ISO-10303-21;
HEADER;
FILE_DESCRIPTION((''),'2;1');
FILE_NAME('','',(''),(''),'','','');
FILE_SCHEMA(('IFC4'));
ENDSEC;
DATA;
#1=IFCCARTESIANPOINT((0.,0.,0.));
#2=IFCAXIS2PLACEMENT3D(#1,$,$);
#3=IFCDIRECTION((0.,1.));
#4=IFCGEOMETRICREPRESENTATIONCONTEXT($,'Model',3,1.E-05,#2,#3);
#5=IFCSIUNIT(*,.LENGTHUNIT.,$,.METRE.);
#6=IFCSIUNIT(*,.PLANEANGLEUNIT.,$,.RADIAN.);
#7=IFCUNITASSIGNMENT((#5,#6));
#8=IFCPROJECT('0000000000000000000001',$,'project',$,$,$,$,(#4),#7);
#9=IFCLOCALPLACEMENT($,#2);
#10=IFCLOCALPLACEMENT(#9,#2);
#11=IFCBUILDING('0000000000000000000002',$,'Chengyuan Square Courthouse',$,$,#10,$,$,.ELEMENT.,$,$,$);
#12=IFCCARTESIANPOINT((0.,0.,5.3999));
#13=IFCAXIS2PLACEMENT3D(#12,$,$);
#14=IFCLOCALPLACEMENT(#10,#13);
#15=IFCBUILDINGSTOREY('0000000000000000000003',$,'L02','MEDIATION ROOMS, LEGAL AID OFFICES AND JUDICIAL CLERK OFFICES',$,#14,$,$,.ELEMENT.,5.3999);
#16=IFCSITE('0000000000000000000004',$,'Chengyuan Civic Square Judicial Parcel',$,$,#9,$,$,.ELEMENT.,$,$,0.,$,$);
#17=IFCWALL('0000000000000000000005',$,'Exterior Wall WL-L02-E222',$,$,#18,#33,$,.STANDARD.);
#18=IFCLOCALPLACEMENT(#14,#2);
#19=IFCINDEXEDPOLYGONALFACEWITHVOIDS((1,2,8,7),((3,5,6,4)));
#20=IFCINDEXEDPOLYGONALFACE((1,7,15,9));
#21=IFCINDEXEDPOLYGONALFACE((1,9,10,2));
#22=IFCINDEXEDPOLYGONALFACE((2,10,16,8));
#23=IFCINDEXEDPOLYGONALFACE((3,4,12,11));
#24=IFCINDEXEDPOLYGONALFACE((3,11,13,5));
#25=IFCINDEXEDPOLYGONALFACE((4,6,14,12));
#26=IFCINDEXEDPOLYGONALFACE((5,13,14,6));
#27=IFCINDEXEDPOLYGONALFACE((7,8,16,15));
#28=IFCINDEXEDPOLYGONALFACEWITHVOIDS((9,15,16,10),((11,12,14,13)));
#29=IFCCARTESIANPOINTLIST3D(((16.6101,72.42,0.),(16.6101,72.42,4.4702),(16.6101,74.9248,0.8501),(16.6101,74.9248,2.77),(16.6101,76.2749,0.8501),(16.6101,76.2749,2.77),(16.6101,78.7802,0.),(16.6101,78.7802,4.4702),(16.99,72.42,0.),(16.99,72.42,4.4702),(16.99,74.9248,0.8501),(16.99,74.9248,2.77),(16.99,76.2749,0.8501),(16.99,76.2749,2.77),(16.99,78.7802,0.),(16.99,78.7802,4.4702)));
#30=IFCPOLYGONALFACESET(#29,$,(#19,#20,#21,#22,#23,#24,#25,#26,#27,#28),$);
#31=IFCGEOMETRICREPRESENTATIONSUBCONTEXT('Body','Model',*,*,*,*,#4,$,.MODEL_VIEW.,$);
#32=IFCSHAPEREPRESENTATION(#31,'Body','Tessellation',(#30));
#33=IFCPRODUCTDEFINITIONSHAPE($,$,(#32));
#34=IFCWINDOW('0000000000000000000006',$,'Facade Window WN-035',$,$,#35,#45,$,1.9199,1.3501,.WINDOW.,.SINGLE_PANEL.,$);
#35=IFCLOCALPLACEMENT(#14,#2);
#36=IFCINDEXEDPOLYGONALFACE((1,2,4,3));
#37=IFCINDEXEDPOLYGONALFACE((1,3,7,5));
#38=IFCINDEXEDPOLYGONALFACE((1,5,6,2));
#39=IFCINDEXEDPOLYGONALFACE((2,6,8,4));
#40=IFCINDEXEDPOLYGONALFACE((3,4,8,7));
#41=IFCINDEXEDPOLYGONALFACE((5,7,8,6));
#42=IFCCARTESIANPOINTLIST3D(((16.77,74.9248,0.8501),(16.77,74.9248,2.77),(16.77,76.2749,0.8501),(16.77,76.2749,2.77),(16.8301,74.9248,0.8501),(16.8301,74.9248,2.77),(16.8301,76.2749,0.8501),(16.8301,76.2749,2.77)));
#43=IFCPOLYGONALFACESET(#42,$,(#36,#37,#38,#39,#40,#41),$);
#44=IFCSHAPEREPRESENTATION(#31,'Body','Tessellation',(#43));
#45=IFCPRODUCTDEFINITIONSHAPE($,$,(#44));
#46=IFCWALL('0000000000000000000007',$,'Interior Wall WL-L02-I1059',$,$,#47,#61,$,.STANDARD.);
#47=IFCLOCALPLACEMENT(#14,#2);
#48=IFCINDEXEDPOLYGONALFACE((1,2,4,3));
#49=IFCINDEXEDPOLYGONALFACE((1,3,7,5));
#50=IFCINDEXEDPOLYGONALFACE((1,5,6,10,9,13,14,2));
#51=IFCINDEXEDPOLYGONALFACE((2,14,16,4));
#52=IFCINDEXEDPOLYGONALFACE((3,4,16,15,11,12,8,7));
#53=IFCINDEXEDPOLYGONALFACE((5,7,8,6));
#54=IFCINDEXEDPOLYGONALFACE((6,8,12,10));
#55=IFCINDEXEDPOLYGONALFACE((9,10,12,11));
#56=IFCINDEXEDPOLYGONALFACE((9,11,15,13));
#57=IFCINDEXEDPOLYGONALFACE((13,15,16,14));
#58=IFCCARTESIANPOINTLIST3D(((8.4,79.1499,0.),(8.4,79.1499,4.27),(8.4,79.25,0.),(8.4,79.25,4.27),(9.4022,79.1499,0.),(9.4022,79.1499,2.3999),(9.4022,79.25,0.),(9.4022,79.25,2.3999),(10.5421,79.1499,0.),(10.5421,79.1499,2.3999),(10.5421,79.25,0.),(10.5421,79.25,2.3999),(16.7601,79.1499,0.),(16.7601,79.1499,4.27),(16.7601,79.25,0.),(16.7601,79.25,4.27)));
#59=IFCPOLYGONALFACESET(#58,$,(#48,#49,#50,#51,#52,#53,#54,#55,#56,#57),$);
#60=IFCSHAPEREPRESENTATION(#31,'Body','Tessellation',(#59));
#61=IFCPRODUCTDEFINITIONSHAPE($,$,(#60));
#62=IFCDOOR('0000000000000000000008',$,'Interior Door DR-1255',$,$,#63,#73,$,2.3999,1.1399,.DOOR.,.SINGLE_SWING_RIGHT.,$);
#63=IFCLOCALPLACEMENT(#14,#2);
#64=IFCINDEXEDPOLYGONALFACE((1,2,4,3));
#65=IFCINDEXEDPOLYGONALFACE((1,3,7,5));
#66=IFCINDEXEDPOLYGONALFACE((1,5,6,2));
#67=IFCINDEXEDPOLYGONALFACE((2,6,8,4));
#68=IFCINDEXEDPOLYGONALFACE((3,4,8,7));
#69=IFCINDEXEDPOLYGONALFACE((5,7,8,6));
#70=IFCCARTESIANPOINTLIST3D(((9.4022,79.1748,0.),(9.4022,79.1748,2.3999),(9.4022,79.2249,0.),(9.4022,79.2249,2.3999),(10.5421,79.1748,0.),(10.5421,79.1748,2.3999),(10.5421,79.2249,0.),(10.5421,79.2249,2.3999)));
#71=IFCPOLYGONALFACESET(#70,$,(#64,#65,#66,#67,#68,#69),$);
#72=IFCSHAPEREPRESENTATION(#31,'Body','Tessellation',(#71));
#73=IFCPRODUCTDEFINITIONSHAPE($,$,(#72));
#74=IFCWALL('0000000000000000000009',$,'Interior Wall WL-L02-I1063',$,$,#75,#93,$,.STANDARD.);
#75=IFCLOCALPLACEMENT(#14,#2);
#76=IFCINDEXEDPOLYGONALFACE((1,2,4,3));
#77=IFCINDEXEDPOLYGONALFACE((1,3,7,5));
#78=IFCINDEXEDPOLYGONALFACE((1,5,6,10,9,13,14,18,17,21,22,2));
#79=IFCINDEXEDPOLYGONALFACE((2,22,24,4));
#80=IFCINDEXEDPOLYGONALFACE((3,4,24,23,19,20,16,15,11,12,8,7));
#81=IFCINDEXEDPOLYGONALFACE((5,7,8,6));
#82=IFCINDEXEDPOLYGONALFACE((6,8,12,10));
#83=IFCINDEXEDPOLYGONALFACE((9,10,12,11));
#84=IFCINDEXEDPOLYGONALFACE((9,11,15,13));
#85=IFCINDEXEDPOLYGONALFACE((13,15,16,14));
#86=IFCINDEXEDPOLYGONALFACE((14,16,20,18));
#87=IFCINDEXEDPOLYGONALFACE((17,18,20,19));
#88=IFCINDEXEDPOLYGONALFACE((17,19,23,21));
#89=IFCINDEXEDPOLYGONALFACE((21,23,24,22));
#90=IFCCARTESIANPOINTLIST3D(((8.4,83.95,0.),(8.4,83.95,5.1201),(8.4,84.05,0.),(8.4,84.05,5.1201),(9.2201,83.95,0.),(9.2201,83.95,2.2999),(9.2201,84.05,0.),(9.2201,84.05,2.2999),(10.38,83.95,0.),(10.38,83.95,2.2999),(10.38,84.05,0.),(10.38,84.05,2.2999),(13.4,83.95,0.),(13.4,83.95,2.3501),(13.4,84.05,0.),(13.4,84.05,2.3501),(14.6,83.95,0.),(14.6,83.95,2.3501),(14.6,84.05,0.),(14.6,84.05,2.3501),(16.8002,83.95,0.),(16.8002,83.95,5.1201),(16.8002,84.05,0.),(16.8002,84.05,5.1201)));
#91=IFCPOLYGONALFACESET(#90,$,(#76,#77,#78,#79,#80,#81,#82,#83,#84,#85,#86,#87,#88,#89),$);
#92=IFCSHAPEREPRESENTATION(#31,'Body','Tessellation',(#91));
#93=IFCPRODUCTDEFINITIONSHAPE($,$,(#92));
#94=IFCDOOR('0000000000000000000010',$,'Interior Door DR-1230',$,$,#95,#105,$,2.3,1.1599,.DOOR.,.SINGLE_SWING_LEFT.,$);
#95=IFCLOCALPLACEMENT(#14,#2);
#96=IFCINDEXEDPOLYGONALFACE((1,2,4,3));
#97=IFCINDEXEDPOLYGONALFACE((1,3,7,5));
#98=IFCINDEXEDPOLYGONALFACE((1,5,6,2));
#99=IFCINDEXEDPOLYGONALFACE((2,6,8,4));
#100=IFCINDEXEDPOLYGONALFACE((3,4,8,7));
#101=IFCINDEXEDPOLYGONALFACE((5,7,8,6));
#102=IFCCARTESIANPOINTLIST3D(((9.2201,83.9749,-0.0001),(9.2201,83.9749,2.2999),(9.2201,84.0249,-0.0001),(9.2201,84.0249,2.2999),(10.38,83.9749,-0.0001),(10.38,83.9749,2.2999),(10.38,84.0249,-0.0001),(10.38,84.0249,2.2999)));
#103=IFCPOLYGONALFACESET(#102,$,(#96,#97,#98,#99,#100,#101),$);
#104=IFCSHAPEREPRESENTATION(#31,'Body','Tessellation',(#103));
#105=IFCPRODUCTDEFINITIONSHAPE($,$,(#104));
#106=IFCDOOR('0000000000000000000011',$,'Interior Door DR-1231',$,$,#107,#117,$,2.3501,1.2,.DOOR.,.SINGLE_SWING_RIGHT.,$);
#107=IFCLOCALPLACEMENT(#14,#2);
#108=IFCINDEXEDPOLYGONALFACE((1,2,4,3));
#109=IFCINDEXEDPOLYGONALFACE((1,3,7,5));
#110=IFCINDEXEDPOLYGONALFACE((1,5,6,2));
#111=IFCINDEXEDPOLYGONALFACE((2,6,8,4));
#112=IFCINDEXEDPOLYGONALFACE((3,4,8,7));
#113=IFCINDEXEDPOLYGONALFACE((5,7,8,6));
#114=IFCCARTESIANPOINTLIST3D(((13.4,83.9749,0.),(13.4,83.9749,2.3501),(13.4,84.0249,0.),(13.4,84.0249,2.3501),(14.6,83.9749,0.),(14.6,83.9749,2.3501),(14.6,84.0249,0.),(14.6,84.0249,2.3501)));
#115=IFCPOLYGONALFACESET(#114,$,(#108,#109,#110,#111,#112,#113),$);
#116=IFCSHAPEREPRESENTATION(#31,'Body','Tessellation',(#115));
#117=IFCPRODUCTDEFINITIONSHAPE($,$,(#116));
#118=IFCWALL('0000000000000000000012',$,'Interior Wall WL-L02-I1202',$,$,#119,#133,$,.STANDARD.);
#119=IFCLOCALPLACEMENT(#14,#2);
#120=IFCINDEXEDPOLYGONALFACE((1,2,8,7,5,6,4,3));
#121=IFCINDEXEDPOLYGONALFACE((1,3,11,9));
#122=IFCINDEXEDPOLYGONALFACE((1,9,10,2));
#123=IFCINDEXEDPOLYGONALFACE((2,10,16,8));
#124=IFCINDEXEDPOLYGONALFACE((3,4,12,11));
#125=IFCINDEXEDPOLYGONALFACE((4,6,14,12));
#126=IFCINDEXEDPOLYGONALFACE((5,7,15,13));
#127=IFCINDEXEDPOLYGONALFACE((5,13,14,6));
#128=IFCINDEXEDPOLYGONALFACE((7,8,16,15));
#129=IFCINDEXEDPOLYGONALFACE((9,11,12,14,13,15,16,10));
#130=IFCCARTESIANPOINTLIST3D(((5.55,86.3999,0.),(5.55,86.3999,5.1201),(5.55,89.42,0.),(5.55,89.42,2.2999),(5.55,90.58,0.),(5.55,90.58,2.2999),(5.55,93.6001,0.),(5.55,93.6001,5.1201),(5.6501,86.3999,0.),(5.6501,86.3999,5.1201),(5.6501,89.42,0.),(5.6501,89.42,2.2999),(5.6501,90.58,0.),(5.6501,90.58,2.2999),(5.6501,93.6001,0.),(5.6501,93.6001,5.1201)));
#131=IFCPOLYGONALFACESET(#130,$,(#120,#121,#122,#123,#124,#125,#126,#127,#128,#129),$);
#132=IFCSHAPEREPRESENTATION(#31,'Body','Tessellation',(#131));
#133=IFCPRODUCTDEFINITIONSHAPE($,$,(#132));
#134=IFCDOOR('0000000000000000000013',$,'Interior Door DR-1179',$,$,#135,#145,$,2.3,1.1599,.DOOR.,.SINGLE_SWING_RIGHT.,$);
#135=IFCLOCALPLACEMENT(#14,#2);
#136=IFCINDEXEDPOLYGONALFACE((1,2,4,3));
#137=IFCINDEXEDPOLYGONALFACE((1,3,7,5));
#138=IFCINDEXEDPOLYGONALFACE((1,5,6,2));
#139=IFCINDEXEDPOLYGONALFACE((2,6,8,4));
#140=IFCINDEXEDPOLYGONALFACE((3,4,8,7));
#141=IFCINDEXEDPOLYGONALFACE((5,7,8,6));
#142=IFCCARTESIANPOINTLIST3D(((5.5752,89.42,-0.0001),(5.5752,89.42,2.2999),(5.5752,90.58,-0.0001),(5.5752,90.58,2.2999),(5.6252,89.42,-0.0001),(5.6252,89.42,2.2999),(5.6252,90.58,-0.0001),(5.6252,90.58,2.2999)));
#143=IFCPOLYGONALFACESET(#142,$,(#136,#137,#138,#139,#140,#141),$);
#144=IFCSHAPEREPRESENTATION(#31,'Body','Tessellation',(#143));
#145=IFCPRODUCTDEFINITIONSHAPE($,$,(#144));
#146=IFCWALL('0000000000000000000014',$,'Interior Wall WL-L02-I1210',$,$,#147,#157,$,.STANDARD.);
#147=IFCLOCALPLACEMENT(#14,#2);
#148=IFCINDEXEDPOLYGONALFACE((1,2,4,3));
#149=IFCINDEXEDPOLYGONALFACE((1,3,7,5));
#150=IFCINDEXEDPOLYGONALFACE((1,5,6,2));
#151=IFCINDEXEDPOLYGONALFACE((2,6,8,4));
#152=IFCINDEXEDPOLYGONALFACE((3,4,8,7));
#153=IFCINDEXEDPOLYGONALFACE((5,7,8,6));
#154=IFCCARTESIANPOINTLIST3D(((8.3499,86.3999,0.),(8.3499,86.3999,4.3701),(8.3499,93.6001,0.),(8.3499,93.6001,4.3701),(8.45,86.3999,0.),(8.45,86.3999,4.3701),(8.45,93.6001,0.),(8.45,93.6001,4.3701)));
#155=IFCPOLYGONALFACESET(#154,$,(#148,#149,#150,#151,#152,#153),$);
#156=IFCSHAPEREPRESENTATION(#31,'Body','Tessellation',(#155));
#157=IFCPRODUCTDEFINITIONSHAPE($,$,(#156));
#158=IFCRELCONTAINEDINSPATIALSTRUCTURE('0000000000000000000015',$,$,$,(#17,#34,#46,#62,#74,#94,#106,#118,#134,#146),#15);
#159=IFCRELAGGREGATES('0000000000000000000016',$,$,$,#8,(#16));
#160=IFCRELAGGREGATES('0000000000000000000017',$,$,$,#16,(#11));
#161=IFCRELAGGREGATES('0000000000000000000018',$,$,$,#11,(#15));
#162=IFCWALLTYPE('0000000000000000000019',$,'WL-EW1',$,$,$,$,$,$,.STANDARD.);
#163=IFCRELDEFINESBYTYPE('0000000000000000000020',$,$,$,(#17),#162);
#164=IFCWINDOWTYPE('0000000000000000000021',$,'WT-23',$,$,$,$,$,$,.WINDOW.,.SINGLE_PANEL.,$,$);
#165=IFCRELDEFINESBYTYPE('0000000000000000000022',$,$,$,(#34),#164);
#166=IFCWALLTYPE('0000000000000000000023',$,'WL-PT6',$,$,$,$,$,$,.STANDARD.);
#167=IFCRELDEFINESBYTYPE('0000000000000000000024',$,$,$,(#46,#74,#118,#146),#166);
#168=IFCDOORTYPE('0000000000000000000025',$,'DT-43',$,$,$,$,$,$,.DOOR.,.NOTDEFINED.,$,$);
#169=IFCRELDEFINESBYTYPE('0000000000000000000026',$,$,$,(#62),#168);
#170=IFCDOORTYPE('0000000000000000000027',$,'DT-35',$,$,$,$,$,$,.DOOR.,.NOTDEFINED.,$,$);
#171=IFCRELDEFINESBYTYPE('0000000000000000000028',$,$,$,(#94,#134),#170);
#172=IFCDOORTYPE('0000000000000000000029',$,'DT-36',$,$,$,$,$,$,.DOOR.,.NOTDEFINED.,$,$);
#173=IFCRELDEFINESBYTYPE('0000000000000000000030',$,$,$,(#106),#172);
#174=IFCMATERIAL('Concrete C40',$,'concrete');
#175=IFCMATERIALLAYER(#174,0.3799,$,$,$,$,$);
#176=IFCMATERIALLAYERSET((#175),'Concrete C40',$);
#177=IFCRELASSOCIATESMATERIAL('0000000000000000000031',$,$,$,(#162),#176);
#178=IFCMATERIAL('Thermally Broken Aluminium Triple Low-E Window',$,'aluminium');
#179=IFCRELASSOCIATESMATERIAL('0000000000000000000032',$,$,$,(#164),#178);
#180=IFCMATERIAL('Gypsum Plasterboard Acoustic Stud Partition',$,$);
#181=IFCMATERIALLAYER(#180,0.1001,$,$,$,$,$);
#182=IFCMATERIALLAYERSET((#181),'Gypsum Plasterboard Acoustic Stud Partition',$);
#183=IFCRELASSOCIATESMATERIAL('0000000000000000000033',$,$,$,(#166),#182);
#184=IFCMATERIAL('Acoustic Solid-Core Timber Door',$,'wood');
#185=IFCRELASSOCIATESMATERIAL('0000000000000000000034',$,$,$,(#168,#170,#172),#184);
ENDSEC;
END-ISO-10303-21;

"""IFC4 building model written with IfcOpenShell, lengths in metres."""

from ifc_helpers import new_model, si_unit, direction, frame, frame_2d, origin, place, context, subcontext, project, spatial, rectangle, extrude, material, layer, layer_set, type_object, element, fill, save


model = new_model("IFC4")

# Units and contexts
model_context = context("Model", 3, precision=1e-05, world=origin(), true_north=direction((0.0, 1.0)))
body_context = subcontext(model_context, "Body", "Model", "MODEL_VIEW")
ifc_project = project(units=[si_unit("LENGTHUNIT", "METRE"), si_unit("PLANEANGLEUNIT", "RADIAN")], contexts=[model_context])

# Site, building, storey
site_placement = place(None, origin())
site = spatial("IfcSite", under=ifc_project, at=site_placement, Name="Chengyuan Civic Square Judicial Parcel", CompositionType="ELEMENT", RefElevation=0.0)
building_placement = place(site_placement, origin())
building = spatial("IfcBuilding", under=site, at=building_placement, Name="Chengyuan Square Courthouse", CompositionType="ELEMENT")
storey_placement = place(building_placement, frame((0.0, 0.0, 5.3999)))
storey = spatial("IfcBuildingStorey", under=building, at=storey_placement, Name="L02", Description="MEDIATION ROOMS, LEGAL AID OFFICES AND JUDICIAL CLERK OFFICES", CompositionType="ELEMENT", Elevation=5.3999)

# Shared definitions
ifc_material_1 = material(Name="Concrete C40", Category="concrete")

# Wall, opening, window
ifc_layer_1 = layer(ifc_material_1, 0.3799)
ifc_layer_set_1 = layer_set([ifc_layer_1], Name="Concrete C40")
wall_type_1 = type_object("IfcWallType", Name="WL-EW1", PredefinedType="STANDARD", material=ifc_layer_set_1)
wall_1_placement = place(storey_placement, frame((16.8, 72.4199, 0.0), z_axis=(0.0, 0.0, 1.0), x_axis=(0.0, 1.0, 0.0)))
wall_1 = element("IfcWall", 1, at=wall_1_placement, inside=storey, type_object=wall_type_1, Name="Exterior Wall WL-L02-E222", PredefinedType="STANDARD", context=body_context, shape_type="SweptSolid", body=[
    extrude(rectangle(XDim=6.3601, YDim=0.3799, at=frame_2d((3.1802, 0.0))), origin(), (0.0, 0.0, 1.0), 4.4702),
])
opening_1_placement = place(wall_1_placement, frame((2.5049, 0.0, 0.8501)))
opening_1 = element("IfcOpeningElement", 2, at=opening_1_placement, cuts=wall_1, PredefinedType="OPENING", context=body_context, shape_type="SweptSolid", body=[
    extrude(rectangle(XDim=1.3501, YDim=1.9199, at=frame_2d((0.675, 0.96))), frame((0.0, 0.2019, 0.0), z_axis=(0.0, -1.0, 0.0), x_axis=(1.0, 0.0, 0.0)), (0.0, 0.0, 1.0), 0.4038),
])
ifc_material_2 = material(Name="Thermally Broken Aluminium Triple Low-E Window", Category="aluminium")
window_type = type_object("IfcWindowType", Name="WT-23", PartitioningType="SINGLE_PANEL", PredefinedType="WINDOW", material=ifc_material_2)
window_placement = place(opening_1_placement, origin())
window = element("IfcWindow", 3, at=window_placement, inside=storey, type_object=window_type, Name="Facade Window WN-035", OverallHeight=1.9199, OverallWidth=1.3501, PartitioningType="SINGLE_PANEL", PredefinedType="WINDOW", context=body_context, shape_type="SweptSolid", body=[
    extrude(rectangle(XDim=1.3501, YDim=1.9199, at=frame_2d((0.675, 0.96))), frame((0.0, 0.03, 0.0), z_axis=(0.0, -1.0, 0.0), x_axis=(1.0, 0.0, 0.0)), (0.0, 0.0, 1.0), 0.0601),
])
fill(opening_1, window)

# Wall, opening, door
ifc_material_3 = material(Name="Gypsum Plasterboard Acoustic Stud Partition")
ifc_layer_2 = layer(ifc_material_3, 0.1001)
ifc_layer_set_2 = layer_set([ifc_layer_2], Name="Gypsum Plasterboard Acoustic Stud Partition")
wall_type_2 = type_object("IfcWallType", Name="WL-PT6", PredefinedType="STANDARD", material=ifc_layer_set_2)
wall_2_placement = place(storey_placement, frame((8.3999, 79.2, 0.0), z_axis=(0.0, 0.0, 1.0), x_axis=(1.0, 0.0, 0.0)))
wall_2 = element("IfcWall", 4, at=wall_2_placement, inside=storey, type_object=wall_type_2, Name="Interior Wall WL-L02-I1059", PredefinedType="STANDARD", context=body_context, shape_type="SweptSolid", body=[
    extrude(rectangle(XDim=8.3601, YDim=0.1001, at=frame_2d((4.1802, 0.0))), origin(), (0.0, 0.0, 1.0), 4.27),
])
opening_2_placement = place(wall_2_placement, frame((1.0024, 0.0, 0.0)))
opening_2 = element("IfcOpeningElement", 5, at=opening_2_placement, cuts=wall_2, PredefinedType="OPENING", context=body_context, shape_type="SweptSolid", body=[
    extrude(rectangle(XDim=1.1399, YDim=2.3999, at=frame_2d((0.5698, 1.2))), frame((0.0, 0.062, 0.0), z_axis=(0.0, -1.0, 0.0), x_axis=(1.0, 0.0, 0.0)), (0.0, 0.0, 1.0), 0.124),
])
ifc_material_4 = material(Name="Acoustic Solid-Core Timber Door", Category="wood")
door_type_1 = type_object("IfcDoorType", Name="DT-43", OperationType="NOTDEFINED", PredefinedType="DOOR", material=ifc_material_4)
door_1_placement = place(opening_2_placement, origin())
door_1 = element("IfcDoor", 6, at=door_1_placement, inside=storey, type_object=door_type_1, Name="Interior Door DR-1255", OperationType="SINGLE_SWING_RIGHT", OverallHeight=2.3999, OverallWidth=1.1399, PredefinedType="DOOR", context=body_context, shape_type="SweptSolid", body=[
    extrude(rectangle(XDim=1.1399, YDim=2.3999, at=frame_2d((0.5698, 1.2))), frame((0.0, 0.0249, 0.0), z_axis=(0.0, -1.0, 0.0), x_axis=(1.0, 0.0, 0.0)), (0.0, 0.0, 1.0), 0.05),
])
fill(opening_2, door_1)

# Wall, openings, doors
wall_3_placement = place(storey_placement, frame((8.3999, 84.0, 0.0), z_axis=(0.0, 0.0, 1.0), x_axis=(1.0, 0.0, 0.0)))
wall_3 = element("IfcWall", 7, at=wall_3_placement, inside=storey, type_object=wall_type_2, Name="Interior Wall WL-L02-I1063", PredefinedType="STANDARD", context=body_context, shape_type="SweptSolid", body=[
    extrude(rectangle(XDim=8.4001, YDim=0.1001, at=frame_2d((4.2002, 0.0))), origin(), (0.0, 0.0, 1.0), 5.1201),
])
opening_3_placement = place(wall_3_placement, frame((0.8201, 0.0, 0.0)))
opening_3 = element("IfcOpeningElement", 8, at=opening_3_placement, cuts=wall_3, PredefinedType="OPENING", context=body_context, shape_type="SweptSolid", body=[
    extrude(rectangle(XDim=1.1599, YDim=2.3, at=frame_2d((0.5801, 1.1499))), frame((0.0, 0.062, 0.0), z_axis=(0.0, -1.0, 0.0), x_axis=(1.0, 0.0, 0.0)), (0.0, 0.0, 1.0), 0.124),
])
opening_4_placement = place(wall_3_placement, frame((5.0, 0.0, 0.0)))
opening_4 = element("IfcOpeningElement", 9, at=opening_4_placement, cuts=wall_3, PredefinedType="OPENING", context=body_context, shape_type="SweptSolid", body=[
    extrude(rectangle(XDim=1.2, YDim=2.3501, at=frame_2d((0.6001, 1.175))), frame((0.0, 0.062, 0.0), z_axis=(0.0, -1.0, 0.0), x_axis=(1.0, 0.0, 0.0)), (0.0, 0.0, 1.0), 0.124),
])
door_type_2 = type_object("IfcDoorType", Name="DT-35", OperationType="NOTDEFINED", PredefinedType="DOOR", material=ifc_material_4)
door_2_placement = place(opening_3_placement, origin())
door_2 = element("IfcDoor", 10, at=door_2_placement, inside=storey, type_object=door_type_2, Name="Interior Door DR-1230", OperationType="SINGLE_SWING_LEFT", OverallHeight=2.3, OverallWidth=1.1599, PredefinedType="DOOR", context=body_context, shape_type="SweptSolid", body=[
    extrude(rectangle(XDim=1.1599, YDim=2.3, at=frame_2d((0.5801, 1.1499))), frame((0.0, 0.0249, 0.0), z_axis=(0.0, -1.0, 0.0), x_axis=(1.0, 0.0, 0.0)), (0.0, 0.0, 1.0), 0.05),
])
fill(opening_3, door_2)
door_type_3 = type_object("IfcDoorType", Name="DT-36", OperationType="NOTDEFINED", PredefinedType="DOOR", material=ifc_material_4)
door_3_placement = place(opening_4_placement, origin())
door_3 = element("IfcDoor", 11, at=door_3_placement, inside=storey, type_object=door_type_3, Name="Interior Door DR-1231", OperationType="SINGLE_SWING_RIGHT", OverallHeight=2.3501, OverallWidth=1.2, PredefinedType="DOOR", context=body_context, shape_type="SweptSolid", body=[
    extrude(rectangle(XDim=1.2, YDim=2.3501, at=frame_2d((0.6001, 1.175))), frame((0.0, 0.0249, 0.0), z_axis=(0.0, -1.0, 0.0), x_axis=(1.0, 0.0, 0.0)), (0.0, 0.0, 1.0), 0.05),
])
fill(opening_4, door_3)

# Wall, opening, door
wall_4_placement = place(storey_placement, frame((5.6001, 86.3999, 0.0), z_axis=(0.0, 0.0, 1.0), x_axis=(0.0, 1.0, 0.0)))
wall_4 = element("IfcWall", 12, at=wall_4_placement, inside=storey, type_object=wall_type_2, Name="Interior Wall WL-L02-I1202", PredefinedType="STANDARD", context=body_context, shape_type="SweptSolid", body=[
    extrude(rectangle(XDim=7.2002, YDim=0.1001, at=frame_2d((3.6001, 0.0))), origin(), (0.0, 0.0, 1.0), 5.1201),
])
opening_5_placement = place(wall_4_placement, frame((3.02, 0.0, 0.0)))
opening_5 = element("IfcOpeningElement", 13, at=opening_5_placement, cuts=wall_4, PredefinedType="OPENING", context=body_context, shape_type="SweptSolid", body=[
    extrude(rectangle(XDim=1.1599, YDim=2.3, at=frame_2d((0.5801, 1.1499))), frame((0.0, 0.062, 0.0), z_axis=(0.0, -1.0, 0.0), x_axis=(1.0, 0.0, 0.0)), (0.0, 0.0, 1.0), 0.124),
])
door_4_placement = place(opening_5_placement, origin())
door_4 = element("IfcDoor", 14, at=door_4_placement, inside=storey, type_object=door_type_2, Name="Interior Door DR-1179", OperationType="SINGLE_SWING_RIGHT", OverallHeight=2.3, OverallWidth=1.1599, PredefinedType="DOOR", context=body_context, shape_type="SweptSolid", body=[
    extrude(rectangle(XDim=1.1599, YDim=2.3, at=frame_2d((0.5801, 1.1499))), frame((0.0, 0.0249, 0.0), z_axis=(0.0, -1.0, 0.0), x_axis=(1.0, 0.0, 0.0)), (0.0, 0.0, 1.0), 0.05),
])
fill(opening_5, door_4)

# Wall
wall_5_placement = place(storey_placement, frame((8.3999, 86.3999, 0.0), z_axis=(0.0, 0.0, 1.0), x_axis=(0.0, 1.0, 0.0)))
element("IfcWall", 15, at=wall_5_placement, inside=storey, type_object=wall_type_2, Name="Interior Wall WL-L02-I1210", PredefinedType="STANDARD", context=body_context, shape_type="SweptSolid", body=[
    extrude(rectangle(XDim=7.2002, YDim=0.1001, at=frame_2d((3.6001, 0.0))), origin(), (0.0, 0.0, 1.0), 4.3701),
])

save(model, "model.ifc")
